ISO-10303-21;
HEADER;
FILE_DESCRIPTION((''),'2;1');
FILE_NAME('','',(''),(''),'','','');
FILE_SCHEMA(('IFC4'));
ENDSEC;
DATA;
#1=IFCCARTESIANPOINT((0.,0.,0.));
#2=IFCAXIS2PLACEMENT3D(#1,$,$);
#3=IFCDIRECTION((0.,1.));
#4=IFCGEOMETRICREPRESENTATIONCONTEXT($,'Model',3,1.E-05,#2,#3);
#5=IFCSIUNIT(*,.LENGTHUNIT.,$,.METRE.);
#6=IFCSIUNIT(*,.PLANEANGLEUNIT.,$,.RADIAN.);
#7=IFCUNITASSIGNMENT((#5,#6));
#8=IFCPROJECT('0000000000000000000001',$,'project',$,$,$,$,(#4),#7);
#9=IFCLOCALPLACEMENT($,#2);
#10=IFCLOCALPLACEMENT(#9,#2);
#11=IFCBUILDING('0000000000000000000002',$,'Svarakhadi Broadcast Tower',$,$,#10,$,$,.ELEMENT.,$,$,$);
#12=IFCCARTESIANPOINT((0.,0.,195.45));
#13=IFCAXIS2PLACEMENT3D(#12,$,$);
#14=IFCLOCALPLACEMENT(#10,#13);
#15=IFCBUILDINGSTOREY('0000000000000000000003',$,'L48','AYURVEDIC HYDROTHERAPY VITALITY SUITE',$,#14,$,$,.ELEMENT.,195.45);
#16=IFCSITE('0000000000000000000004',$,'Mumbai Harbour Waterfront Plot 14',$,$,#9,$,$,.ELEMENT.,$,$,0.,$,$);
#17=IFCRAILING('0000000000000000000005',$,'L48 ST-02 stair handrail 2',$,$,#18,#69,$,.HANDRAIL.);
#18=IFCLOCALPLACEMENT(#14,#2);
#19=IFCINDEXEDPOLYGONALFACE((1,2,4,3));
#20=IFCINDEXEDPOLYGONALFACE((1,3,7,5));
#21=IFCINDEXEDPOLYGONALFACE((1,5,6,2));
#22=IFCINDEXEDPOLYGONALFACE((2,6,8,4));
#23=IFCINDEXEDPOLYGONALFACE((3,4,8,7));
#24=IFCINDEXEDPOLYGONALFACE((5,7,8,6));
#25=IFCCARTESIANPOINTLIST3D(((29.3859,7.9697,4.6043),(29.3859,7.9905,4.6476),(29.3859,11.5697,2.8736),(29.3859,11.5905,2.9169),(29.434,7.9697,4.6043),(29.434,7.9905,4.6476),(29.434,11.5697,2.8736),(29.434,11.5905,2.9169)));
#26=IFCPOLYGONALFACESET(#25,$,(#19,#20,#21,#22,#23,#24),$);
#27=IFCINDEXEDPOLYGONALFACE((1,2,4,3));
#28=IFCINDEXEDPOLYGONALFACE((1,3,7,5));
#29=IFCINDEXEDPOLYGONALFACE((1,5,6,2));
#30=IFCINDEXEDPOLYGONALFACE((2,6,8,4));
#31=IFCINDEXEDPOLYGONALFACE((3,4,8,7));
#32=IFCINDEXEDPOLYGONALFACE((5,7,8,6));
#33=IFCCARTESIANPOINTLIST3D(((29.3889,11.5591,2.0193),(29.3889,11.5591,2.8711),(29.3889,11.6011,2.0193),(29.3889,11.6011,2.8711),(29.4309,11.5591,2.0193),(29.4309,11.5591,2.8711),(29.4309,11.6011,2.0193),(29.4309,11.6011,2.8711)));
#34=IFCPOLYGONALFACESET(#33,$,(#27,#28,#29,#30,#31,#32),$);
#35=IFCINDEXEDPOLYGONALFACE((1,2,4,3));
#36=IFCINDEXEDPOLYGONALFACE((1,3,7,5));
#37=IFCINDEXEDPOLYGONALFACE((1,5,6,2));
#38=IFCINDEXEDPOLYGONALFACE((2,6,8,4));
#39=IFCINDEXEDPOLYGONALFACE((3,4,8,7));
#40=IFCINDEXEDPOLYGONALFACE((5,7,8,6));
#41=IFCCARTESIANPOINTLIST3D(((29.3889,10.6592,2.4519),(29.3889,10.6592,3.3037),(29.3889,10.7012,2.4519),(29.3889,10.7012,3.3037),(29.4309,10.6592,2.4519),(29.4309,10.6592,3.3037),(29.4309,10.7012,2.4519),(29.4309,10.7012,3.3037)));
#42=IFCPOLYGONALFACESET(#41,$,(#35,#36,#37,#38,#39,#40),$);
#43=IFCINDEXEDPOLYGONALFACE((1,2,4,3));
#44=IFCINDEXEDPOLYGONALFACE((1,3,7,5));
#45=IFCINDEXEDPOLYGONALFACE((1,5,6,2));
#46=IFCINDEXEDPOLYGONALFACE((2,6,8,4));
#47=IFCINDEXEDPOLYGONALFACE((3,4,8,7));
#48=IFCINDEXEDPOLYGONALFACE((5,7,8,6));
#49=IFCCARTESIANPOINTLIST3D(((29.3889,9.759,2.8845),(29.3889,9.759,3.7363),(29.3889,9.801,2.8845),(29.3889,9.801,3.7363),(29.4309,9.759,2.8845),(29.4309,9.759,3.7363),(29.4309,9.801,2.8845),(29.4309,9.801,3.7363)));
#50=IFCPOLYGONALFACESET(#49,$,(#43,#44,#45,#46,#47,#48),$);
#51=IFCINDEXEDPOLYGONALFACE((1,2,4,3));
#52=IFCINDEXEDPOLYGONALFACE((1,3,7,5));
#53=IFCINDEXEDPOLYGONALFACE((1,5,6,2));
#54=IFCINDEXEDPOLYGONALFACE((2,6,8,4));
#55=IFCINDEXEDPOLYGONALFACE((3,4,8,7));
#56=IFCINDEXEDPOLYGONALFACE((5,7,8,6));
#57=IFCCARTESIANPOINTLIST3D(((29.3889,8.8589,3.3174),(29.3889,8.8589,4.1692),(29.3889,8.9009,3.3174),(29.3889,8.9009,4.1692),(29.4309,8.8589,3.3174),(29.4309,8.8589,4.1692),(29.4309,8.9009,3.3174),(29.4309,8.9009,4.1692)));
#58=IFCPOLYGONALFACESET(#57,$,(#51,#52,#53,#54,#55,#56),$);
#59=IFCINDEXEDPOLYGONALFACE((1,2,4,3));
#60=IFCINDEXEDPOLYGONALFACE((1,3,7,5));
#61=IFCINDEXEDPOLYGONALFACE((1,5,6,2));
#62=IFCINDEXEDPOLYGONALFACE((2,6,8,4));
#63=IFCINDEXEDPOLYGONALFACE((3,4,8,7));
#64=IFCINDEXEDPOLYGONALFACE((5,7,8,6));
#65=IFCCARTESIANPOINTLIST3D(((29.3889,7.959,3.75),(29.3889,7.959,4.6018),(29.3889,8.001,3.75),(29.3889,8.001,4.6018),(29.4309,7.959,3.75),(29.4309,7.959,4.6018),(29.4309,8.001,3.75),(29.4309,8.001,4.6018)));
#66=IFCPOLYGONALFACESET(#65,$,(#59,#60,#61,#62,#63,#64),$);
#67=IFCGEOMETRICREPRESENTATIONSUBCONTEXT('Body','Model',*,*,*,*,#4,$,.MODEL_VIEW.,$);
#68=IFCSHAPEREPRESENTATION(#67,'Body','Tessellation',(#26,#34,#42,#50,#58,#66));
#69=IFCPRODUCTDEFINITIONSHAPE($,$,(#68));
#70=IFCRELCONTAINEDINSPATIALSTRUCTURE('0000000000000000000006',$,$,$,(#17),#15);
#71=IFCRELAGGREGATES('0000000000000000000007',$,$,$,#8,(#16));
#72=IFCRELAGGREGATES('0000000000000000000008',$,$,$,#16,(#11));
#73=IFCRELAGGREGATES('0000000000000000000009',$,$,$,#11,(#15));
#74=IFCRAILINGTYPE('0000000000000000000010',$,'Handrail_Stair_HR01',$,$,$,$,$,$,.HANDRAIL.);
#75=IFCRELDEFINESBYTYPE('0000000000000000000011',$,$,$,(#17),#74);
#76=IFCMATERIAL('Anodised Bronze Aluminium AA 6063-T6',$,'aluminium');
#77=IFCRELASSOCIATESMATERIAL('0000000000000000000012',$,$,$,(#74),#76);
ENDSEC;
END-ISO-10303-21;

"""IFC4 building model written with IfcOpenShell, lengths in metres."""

from ifc_helpers import new_model, si_unit, direction, frame, origin, origin_2d, place, context, subcontext, project, spatial, rectangle, extrude, material, type_object, element, save


model = new_model("IFC4")

# Units and contexts
model_context = context("Model", 3, precision=1e-05, world=origin(), true_north=direction((0.0, 1.0)))
body_context = subcontext(model_context, "Body", "Model", "MODEL_VIEW")
ifc_project = project(units=[si_unit("LENGTHUNIT", "METRE"), si_unit("PLANEANGLEUNIT", "RADIAN")], contexts=[model_context])

# Site, building, storey
site_placement = place(None, origin())
site = spatial("IfcSite", under=ifc_project, at=site_placement, Name="Mumbai Harbour Waterfront Plot 14", CompositionType="ELEMENT", RefElevation=0.0)
building_placement = place(site_placement, origin())
building = spatial("IfcBuilding", under=site, at=building_placement, Name="Svarakhadi Broadcast Tower", CompositionType="ELEMENT")
storey_placement = place(building_placement, frame((0.0, 0.0, 195.45)))
storey = spatial("IfcBuildingStorey", under=building, at=storey_placement, Name="L48", Description="AYURVEDIC HYDROTHERAPY VITALITY SUITE", CompositionType="ELEMENT", Elevation=195.45)

# Shared definitions
ifc_material_1 = material(Name="Anodised Bronze Aluminium AA 6063-T6", Category="aluminium")

# Railing
railing_type = type_object("IfcRailingType", Name="Handrail_Stair_HR01", PredefinedType="HANDRAIL", material=ifc_material_1)
railing_placement = place(storey_placement, frame((29.4099, 11.5801, 2.0193)))
element("IfcRailing", 1, at=railing_placement, inside=storey, type_object=railing_type, Name="L48 ST-02 stair handrail 2", PredefinedType="HANDRAIL", context=body_context, shape_type="SweptSolid", body=[
    extrude(rectangle(XDim=0.0481, YDim=0.0481, at=origin_2d()), frame((0.0, 0.0, 0.876), z_axis=(0.0, -0.901263, 0.433273), x_axis=(1.0, 0.0, 0.0)), (0.0, 0.0, 1.0), 3.9944),
    extrude(rectangle(XDim=0.042, YDim=0.042, at=origin_2d()), origin(), (0.0, 0.0, 1.0), 0.8518),
    extrude(rectangle(XDim=0.042, YDim=0.042, at=origin_2d()), frame((0.0, -0.8999, 0.4326)), (0.0, 0.0, 1.0), 0.8518),
    extrude(rectangle(XDim=0.042, YDim=0.042, at=origin_2d()), frame((0.0, -1.8, 0.8652)), (0.0, 0.0, 1.0), 0.8518),
    extrude(rectangle(XDim=0.042, YDim=0.042, at=origin_2d()), frame((0.0, -2.7002, 1.2981)), (0.0, 0.0, 1.0), 0.8518),
    extrude(rectangle(XDim=0.042, YDim=0.042, at=origin_2d()), frame((0.0, -3.6001, 1.7307)), (0.0, 0.0, 1.0), 0.8518),
])

save(model, "model.ifc")
